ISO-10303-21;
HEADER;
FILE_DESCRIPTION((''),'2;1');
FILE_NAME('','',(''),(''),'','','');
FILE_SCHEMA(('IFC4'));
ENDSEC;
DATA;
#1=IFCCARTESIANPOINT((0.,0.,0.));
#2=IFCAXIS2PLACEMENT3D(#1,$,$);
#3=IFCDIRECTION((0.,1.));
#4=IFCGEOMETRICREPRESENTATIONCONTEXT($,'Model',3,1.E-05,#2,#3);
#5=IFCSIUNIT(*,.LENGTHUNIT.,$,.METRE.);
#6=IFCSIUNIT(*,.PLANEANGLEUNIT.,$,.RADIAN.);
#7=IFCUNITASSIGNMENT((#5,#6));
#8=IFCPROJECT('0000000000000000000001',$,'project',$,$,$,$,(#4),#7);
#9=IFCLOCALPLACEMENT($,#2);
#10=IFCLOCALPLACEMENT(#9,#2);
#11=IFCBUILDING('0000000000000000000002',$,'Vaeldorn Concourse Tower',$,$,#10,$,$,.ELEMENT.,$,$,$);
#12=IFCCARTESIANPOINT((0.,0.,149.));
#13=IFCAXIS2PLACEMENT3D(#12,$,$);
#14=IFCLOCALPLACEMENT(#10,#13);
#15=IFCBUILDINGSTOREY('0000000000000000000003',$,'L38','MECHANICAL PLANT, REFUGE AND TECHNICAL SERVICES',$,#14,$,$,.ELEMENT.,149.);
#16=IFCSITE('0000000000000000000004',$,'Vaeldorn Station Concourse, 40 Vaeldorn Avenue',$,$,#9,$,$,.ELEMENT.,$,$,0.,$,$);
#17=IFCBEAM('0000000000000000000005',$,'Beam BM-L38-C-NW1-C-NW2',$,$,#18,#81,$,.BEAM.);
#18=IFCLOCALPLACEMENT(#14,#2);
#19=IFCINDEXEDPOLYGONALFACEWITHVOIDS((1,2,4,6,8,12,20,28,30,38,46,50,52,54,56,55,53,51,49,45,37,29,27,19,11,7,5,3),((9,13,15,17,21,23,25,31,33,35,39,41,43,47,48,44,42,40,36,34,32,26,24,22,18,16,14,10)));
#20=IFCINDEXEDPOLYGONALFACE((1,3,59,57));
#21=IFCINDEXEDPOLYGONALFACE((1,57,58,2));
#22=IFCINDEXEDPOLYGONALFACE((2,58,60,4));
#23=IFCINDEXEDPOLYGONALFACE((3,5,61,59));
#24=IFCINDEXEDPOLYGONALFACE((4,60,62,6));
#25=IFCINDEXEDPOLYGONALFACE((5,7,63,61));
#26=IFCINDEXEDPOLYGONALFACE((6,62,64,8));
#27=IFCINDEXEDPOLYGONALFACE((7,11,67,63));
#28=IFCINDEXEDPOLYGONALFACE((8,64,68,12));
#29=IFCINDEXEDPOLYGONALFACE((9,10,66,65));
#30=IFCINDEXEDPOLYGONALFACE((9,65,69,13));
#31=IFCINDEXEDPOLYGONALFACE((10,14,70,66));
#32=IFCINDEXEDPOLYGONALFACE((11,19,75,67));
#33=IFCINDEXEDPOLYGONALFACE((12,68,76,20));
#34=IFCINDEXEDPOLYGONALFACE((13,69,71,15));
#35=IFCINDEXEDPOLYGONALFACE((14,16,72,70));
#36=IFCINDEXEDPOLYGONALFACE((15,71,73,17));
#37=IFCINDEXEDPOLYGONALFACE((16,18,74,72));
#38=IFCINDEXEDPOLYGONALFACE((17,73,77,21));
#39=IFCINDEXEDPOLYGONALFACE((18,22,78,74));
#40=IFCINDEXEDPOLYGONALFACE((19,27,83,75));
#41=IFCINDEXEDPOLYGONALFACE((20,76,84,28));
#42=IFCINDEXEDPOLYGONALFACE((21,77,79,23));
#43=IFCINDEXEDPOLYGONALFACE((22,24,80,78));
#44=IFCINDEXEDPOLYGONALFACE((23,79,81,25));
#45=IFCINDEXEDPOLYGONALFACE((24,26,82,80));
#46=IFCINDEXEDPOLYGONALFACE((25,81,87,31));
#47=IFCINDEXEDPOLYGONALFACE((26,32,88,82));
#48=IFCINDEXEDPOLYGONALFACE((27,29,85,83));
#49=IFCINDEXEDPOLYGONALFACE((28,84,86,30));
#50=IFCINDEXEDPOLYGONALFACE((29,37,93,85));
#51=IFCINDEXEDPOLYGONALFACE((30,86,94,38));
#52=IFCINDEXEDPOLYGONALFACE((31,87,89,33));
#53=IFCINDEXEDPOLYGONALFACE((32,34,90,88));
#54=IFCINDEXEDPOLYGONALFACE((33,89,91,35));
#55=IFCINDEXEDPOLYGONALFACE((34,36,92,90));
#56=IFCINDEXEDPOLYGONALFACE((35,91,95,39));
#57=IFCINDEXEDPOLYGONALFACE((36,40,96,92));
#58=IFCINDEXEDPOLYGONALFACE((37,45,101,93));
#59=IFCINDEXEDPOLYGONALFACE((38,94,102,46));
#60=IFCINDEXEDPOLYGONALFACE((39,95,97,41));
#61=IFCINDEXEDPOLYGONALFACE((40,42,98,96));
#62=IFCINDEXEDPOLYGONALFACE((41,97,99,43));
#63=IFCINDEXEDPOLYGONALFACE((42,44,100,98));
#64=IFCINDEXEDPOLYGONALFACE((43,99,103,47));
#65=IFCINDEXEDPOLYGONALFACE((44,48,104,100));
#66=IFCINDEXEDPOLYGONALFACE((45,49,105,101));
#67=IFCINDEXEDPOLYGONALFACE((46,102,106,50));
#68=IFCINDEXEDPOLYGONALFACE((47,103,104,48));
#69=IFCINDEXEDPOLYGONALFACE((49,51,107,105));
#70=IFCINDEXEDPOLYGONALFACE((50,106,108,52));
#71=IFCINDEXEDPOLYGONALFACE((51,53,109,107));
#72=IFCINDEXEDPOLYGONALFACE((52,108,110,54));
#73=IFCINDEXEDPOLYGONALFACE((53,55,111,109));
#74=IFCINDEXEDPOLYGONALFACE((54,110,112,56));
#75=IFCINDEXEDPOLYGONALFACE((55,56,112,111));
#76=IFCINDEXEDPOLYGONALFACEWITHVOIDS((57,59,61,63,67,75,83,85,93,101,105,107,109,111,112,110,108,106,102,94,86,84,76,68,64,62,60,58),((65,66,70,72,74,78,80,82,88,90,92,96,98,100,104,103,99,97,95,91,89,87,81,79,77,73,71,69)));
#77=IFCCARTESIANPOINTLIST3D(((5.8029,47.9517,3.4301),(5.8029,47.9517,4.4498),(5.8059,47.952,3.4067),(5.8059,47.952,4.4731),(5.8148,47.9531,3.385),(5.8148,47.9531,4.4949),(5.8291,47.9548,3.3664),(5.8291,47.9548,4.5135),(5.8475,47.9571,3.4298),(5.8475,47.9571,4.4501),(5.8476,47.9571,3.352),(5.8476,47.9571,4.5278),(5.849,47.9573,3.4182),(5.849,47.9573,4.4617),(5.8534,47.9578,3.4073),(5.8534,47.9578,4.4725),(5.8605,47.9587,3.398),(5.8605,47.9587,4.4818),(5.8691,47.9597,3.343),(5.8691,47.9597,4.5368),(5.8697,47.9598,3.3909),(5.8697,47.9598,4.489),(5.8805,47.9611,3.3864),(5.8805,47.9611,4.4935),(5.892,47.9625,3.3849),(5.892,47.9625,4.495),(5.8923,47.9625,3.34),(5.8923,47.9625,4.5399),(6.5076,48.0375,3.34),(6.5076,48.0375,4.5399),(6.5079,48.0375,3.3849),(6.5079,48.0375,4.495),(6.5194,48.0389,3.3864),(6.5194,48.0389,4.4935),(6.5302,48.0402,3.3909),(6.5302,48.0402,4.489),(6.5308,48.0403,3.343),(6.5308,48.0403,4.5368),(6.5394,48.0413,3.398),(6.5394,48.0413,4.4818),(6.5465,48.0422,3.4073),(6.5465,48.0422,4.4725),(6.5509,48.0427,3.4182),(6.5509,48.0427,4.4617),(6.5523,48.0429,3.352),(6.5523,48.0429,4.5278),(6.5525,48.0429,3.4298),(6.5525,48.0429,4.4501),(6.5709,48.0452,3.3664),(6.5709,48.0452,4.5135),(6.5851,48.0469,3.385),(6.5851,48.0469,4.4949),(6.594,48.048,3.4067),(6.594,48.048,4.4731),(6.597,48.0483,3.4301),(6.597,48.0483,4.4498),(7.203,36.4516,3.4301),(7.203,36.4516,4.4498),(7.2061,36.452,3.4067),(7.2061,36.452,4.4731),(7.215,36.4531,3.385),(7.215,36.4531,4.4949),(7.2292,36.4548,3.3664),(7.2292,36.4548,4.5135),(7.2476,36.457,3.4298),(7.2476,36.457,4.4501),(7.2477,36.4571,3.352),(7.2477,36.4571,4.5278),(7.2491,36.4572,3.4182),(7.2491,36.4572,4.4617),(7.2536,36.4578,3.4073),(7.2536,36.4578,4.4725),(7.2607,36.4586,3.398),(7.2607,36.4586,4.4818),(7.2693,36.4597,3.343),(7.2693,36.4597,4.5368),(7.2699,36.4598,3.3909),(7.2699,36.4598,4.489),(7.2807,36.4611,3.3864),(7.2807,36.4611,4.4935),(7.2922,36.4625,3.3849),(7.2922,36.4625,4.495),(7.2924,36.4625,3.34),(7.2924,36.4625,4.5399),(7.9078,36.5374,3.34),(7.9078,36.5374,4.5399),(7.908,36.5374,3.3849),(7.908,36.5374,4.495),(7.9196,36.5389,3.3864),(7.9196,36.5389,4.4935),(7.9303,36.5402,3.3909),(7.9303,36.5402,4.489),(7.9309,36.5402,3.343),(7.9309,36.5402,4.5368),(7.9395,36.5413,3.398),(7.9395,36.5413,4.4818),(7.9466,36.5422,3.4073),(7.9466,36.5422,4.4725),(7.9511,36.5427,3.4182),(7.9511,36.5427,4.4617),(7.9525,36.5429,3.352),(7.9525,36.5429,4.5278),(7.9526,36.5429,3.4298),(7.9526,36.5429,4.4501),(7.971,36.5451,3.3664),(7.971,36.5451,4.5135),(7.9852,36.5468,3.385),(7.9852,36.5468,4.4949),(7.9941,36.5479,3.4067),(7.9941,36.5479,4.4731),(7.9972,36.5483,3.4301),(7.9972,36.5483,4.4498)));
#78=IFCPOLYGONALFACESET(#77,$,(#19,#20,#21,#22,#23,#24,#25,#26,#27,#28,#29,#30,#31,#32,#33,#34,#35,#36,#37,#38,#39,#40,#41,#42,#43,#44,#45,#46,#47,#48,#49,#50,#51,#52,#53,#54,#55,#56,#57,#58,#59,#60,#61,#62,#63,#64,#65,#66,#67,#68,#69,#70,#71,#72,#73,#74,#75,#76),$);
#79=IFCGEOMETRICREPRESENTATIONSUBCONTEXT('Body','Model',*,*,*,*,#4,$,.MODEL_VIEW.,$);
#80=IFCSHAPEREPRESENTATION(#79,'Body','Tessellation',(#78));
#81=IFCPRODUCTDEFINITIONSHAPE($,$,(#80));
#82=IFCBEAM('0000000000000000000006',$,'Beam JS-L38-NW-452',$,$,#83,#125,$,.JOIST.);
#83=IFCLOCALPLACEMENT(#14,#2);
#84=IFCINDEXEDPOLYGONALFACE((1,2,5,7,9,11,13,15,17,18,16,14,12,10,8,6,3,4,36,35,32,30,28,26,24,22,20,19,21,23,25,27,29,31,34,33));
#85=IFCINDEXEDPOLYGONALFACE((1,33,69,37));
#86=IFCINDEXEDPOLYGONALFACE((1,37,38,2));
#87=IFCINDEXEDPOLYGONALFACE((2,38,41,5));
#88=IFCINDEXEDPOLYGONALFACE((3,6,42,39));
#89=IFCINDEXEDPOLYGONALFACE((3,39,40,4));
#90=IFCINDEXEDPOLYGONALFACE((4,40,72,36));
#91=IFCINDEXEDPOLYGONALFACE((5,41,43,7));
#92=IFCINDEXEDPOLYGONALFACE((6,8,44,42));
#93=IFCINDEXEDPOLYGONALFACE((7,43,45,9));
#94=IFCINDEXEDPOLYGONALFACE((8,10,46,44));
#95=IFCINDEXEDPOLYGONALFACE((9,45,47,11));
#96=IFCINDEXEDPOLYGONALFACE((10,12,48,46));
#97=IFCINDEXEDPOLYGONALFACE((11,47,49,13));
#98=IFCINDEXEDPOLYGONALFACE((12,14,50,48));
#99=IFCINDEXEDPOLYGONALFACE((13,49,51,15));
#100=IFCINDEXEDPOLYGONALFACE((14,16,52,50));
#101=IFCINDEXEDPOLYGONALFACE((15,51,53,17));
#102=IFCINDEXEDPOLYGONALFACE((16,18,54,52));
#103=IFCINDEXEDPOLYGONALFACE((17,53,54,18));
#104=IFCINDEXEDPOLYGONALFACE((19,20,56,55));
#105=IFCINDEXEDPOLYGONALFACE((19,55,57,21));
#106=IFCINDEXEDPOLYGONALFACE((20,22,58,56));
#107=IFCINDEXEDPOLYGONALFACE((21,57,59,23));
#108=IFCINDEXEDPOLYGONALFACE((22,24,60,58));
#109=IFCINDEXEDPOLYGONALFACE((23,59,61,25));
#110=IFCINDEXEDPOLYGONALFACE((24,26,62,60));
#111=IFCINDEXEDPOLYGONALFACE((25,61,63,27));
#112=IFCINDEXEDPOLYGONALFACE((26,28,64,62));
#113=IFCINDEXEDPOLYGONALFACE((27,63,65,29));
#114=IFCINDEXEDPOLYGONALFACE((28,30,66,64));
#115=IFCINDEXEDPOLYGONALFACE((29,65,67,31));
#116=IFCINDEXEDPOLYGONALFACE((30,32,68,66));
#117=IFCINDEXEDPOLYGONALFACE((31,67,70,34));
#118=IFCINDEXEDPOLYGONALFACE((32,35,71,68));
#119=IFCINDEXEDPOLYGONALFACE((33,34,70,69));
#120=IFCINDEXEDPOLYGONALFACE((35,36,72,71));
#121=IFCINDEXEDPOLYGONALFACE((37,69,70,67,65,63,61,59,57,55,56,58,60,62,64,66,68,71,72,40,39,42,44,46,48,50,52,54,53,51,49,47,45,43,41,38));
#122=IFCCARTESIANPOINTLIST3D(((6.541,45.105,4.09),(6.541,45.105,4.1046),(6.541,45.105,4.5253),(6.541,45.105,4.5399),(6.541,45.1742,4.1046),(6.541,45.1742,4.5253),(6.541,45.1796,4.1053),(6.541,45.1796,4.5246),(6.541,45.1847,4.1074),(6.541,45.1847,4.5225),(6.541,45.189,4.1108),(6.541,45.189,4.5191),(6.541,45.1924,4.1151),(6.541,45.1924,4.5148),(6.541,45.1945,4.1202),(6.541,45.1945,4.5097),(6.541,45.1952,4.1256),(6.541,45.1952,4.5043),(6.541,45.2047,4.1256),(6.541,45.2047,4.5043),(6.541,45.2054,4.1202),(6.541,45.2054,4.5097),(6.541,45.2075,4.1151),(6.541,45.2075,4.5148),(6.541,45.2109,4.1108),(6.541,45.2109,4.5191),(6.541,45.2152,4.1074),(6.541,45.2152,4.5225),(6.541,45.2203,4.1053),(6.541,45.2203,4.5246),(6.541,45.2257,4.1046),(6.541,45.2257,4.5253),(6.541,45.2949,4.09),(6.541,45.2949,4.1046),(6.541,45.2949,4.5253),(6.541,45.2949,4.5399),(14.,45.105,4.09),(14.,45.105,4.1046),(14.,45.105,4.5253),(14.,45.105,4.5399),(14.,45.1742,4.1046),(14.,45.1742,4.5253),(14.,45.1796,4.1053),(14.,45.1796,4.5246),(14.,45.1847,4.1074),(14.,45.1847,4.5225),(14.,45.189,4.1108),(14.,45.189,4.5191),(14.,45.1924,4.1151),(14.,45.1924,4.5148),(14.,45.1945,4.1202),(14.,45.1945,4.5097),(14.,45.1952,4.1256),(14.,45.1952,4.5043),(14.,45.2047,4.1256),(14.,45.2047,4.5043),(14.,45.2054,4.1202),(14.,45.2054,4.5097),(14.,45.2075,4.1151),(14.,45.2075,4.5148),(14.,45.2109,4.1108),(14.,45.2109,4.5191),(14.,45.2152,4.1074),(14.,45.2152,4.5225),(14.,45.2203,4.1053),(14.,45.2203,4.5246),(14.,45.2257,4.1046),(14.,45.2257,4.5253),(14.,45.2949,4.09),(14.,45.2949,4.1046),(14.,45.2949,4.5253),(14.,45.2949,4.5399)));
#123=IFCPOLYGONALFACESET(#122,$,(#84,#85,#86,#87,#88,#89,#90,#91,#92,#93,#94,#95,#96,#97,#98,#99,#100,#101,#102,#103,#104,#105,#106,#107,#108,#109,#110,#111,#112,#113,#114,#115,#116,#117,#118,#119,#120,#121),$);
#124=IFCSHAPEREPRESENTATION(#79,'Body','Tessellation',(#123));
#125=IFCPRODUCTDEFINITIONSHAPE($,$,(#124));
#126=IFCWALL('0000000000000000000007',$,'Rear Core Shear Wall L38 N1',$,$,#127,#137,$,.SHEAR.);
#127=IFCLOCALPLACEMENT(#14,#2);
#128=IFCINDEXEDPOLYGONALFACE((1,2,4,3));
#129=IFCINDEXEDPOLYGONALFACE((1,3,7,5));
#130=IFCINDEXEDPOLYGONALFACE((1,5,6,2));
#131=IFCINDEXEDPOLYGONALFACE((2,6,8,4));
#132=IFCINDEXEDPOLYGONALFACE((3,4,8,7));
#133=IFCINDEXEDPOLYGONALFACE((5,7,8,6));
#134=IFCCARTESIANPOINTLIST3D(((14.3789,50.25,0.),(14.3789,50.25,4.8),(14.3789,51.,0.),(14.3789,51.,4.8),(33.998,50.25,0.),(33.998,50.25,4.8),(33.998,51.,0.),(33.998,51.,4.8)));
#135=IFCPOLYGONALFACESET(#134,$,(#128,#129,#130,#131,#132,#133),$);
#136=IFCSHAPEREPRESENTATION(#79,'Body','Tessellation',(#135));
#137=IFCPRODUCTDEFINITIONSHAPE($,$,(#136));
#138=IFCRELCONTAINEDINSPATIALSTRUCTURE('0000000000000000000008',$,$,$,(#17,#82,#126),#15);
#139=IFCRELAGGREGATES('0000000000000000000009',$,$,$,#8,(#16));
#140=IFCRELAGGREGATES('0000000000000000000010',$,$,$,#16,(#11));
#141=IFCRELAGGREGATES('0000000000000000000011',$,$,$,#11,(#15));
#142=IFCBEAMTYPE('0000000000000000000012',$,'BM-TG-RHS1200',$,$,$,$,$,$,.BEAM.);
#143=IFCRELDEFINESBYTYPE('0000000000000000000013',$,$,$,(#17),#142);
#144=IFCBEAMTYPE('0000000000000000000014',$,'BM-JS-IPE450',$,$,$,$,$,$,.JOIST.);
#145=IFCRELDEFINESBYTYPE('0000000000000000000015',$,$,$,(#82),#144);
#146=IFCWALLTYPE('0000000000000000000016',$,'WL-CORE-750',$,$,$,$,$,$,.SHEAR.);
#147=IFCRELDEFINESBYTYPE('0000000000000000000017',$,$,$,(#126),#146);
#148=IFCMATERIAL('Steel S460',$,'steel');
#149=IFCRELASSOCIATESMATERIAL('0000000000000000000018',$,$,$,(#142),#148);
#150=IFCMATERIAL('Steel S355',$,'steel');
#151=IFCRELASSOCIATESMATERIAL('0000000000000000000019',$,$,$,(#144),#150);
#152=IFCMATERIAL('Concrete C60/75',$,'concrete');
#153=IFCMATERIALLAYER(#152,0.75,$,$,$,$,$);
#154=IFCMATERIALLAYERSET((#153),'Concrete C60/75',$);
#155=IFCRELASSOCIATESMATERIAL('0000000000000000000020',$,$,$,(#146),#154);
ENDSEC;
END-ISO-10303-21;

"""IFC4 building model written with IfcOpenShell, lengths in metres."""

from ifc_helpers import new_model, si_unit, direction, frame, frame_2d, origin, origin_2d, place, context, subcontext, project, spatial, rectangle, hollow_rectangle, i_section, extrude, source, transform, mapped, material, layer, layer_set, material_profile, profile_set, type_object, element, save


model = new_model("IFC4")

# Units and contexts
model_context = context("Model", 3, precision=1e-05, world=origin(), true_north=direction((0.0, 1.0)))
body_context = subcontext(model_context, "Body", "Model", "MODEL_VIEW")
ifc_project = project(units=[si_unit("LENGTHUNIT", "METRE"), si_unit("PLANEANGLEUNIT", "RADIAN")], contexts=[model_context])

# Site, building, storey
site_placement = place(None, origin())
site = spatial("IfcSite", under=ifc_project, at=site_placement, Name="Vaeldorn Station Concourse, 40 Vaeldorn Avenue", CompositionType="ELEMENT", RefElevation=0.0)
building_placement = place(site_placement, origin())
building = spatial("IfcBuilding", under=site, at=building_placement, Name="Vaeldorn Concourse Tower", CompositionType="ELEMENT")
storey_placement = place(building_placement, frame((0.0, 0.0, 149.0)))
storey = spatial("IfcBuildingStorey", under=building, at=storey_placement, Name="L38", Description="MECHANICAL PLANT, REFUGE AND TECHNICAL SERVICES", CompositionType="ELEMENT", Elevation=149.0)

# Shared definitions
ifc_material_1 = material(Name="Steel S460", Category="steel")

# Beams
ifc_material_2 = material(Name="Steel S355", Category="steel")
ifc_material_profile_1 = material_profile(ifc_material_1, hollow_rectangle(XDim=0.8, YDim=1.2, WallThickness=0.0449, InnerFilletRadius=0.0449, OuterFilletRadius=0.0901, at=origin_2d()), Name="RHS 1200x800x45")
ifc_profile_set_1 = profile_set([ifc_material_profile_1], Name="Steel S460")
beam_type_1 = type_object("IfcBeamType", Name="BM-TG-RHS1200", PredefinedType="BEAM", material=ifc_profile_set_1)
shared_shape_1 = source(origin(), body_context, "Body", "SweptSolid", [
    extrude(hollow_rectangle(XDim=0.8, YDim=1.2, WallThickness=0.0449, InnerFilletRadius=0.0449, OuterFilletRadius=0.0901, at=origin_2d()), origin(), (0.0, 0.0, 1.0), 11.585),
])
beam_1_placement = place(storey_placement, frame((6.2, 48.0, 3.9399), z_axis=(0.120859, -0.99267, 0.0), x_axis=(0.99267, 0.120859, 0.0)))
element("IfcBeam", 1, at=beam_1_placement, inside=storey, type_object=beam_type_1, Name="Beam BM-L38-C-NW1-C-NW2", PredefinedType="BEAM", context=body_context, shape_type="MappedRepresentation", body=[
    mapped(shared_shape_1, transform((0.0, 0.0, 0.0), scale=1.0)),
])
ifc_material_profile_2 = material_profile(ifc_material_2, i_section(OverallWidth=0.1899, OverallDepth=0.45, WebThickness=0.0095, FlangeThickness=0.0146, FilletRadius=0.021, at=origin_2d()), Name="IPE 450")
ifc_profile_set_2 = profile_set([ifc_material_profile_2], Name="Steel S355")
beam_type_2 = type_object("IfcBeamType", Name="BM-JS-IPE450", PredefinedType="JOIST", material=ifc_profile_set_2)
shared_shape_2 = source(origin(), body_context, "Body", "SweptSolid", [
    extrude(i_section(OverallWidth=0.1899, OverallDepth=0.45, WebThickness=0.0095, FlangeThickness=0.0146, FilletRadius=0.021, at=origin_2d()), origin(), (0.0, 0.0, 1.0), 7.459),
])
beam_2_placement = place(storey_placement, frame((6.541, 45.2, 4.3149), z_axis=(1.0, 0.0, 0.0), x_axis=(0.0, 1.0, 0.0)))
element("IfcBeam", 2, at=beam_2_placement, inside=storey, type_object=beam_type_2, Name="Beam JS-L38-NW-452", PredefinedType="JOIST", context=body_context, shape_type="MappedRepresentation", body=[
    mapped(shared_shape_2, transform((0.0, 0.0, 0.0), scale=1.0)),
])

# Wall
ifc_material_3 = material(Name="Concrete C60/75", Category="concrete")
ifc_layer_1 = layer(ifc_material_3, 0.75)
ifc_layer_set_1 = layer_set([ifc_layer_1], Name="Concrete C60/75")
wall_type_1 = type_object("IfcWallType", Name="WL-CORE-750", PredefinedType="SHEAR", material=ifc_layer_set_1)
wall_1_placement = place(storey_placement, frame((14.3789, 50.625, 0.0), z_axis=(0.0, 0.0, 1.0), x_axis=(1.0, 0.0, 0.0)))
element("IfcWall", 3, at=wall_1_placement, inside=storey, type_object=wall_type_1, Name="Rear Core Shear Wall L38 N1", PredefinedType="SHEAR", context=body_context, shape_type="SweptSolid", body=[
    extrude(rectangle(XDim=19.6191, YDim=0.75, at=frame_2d((9.8096, 0.0))), origin(), (0.0, 0.0, 1.0), 4.8),
])

save(model, "model.ifc")
